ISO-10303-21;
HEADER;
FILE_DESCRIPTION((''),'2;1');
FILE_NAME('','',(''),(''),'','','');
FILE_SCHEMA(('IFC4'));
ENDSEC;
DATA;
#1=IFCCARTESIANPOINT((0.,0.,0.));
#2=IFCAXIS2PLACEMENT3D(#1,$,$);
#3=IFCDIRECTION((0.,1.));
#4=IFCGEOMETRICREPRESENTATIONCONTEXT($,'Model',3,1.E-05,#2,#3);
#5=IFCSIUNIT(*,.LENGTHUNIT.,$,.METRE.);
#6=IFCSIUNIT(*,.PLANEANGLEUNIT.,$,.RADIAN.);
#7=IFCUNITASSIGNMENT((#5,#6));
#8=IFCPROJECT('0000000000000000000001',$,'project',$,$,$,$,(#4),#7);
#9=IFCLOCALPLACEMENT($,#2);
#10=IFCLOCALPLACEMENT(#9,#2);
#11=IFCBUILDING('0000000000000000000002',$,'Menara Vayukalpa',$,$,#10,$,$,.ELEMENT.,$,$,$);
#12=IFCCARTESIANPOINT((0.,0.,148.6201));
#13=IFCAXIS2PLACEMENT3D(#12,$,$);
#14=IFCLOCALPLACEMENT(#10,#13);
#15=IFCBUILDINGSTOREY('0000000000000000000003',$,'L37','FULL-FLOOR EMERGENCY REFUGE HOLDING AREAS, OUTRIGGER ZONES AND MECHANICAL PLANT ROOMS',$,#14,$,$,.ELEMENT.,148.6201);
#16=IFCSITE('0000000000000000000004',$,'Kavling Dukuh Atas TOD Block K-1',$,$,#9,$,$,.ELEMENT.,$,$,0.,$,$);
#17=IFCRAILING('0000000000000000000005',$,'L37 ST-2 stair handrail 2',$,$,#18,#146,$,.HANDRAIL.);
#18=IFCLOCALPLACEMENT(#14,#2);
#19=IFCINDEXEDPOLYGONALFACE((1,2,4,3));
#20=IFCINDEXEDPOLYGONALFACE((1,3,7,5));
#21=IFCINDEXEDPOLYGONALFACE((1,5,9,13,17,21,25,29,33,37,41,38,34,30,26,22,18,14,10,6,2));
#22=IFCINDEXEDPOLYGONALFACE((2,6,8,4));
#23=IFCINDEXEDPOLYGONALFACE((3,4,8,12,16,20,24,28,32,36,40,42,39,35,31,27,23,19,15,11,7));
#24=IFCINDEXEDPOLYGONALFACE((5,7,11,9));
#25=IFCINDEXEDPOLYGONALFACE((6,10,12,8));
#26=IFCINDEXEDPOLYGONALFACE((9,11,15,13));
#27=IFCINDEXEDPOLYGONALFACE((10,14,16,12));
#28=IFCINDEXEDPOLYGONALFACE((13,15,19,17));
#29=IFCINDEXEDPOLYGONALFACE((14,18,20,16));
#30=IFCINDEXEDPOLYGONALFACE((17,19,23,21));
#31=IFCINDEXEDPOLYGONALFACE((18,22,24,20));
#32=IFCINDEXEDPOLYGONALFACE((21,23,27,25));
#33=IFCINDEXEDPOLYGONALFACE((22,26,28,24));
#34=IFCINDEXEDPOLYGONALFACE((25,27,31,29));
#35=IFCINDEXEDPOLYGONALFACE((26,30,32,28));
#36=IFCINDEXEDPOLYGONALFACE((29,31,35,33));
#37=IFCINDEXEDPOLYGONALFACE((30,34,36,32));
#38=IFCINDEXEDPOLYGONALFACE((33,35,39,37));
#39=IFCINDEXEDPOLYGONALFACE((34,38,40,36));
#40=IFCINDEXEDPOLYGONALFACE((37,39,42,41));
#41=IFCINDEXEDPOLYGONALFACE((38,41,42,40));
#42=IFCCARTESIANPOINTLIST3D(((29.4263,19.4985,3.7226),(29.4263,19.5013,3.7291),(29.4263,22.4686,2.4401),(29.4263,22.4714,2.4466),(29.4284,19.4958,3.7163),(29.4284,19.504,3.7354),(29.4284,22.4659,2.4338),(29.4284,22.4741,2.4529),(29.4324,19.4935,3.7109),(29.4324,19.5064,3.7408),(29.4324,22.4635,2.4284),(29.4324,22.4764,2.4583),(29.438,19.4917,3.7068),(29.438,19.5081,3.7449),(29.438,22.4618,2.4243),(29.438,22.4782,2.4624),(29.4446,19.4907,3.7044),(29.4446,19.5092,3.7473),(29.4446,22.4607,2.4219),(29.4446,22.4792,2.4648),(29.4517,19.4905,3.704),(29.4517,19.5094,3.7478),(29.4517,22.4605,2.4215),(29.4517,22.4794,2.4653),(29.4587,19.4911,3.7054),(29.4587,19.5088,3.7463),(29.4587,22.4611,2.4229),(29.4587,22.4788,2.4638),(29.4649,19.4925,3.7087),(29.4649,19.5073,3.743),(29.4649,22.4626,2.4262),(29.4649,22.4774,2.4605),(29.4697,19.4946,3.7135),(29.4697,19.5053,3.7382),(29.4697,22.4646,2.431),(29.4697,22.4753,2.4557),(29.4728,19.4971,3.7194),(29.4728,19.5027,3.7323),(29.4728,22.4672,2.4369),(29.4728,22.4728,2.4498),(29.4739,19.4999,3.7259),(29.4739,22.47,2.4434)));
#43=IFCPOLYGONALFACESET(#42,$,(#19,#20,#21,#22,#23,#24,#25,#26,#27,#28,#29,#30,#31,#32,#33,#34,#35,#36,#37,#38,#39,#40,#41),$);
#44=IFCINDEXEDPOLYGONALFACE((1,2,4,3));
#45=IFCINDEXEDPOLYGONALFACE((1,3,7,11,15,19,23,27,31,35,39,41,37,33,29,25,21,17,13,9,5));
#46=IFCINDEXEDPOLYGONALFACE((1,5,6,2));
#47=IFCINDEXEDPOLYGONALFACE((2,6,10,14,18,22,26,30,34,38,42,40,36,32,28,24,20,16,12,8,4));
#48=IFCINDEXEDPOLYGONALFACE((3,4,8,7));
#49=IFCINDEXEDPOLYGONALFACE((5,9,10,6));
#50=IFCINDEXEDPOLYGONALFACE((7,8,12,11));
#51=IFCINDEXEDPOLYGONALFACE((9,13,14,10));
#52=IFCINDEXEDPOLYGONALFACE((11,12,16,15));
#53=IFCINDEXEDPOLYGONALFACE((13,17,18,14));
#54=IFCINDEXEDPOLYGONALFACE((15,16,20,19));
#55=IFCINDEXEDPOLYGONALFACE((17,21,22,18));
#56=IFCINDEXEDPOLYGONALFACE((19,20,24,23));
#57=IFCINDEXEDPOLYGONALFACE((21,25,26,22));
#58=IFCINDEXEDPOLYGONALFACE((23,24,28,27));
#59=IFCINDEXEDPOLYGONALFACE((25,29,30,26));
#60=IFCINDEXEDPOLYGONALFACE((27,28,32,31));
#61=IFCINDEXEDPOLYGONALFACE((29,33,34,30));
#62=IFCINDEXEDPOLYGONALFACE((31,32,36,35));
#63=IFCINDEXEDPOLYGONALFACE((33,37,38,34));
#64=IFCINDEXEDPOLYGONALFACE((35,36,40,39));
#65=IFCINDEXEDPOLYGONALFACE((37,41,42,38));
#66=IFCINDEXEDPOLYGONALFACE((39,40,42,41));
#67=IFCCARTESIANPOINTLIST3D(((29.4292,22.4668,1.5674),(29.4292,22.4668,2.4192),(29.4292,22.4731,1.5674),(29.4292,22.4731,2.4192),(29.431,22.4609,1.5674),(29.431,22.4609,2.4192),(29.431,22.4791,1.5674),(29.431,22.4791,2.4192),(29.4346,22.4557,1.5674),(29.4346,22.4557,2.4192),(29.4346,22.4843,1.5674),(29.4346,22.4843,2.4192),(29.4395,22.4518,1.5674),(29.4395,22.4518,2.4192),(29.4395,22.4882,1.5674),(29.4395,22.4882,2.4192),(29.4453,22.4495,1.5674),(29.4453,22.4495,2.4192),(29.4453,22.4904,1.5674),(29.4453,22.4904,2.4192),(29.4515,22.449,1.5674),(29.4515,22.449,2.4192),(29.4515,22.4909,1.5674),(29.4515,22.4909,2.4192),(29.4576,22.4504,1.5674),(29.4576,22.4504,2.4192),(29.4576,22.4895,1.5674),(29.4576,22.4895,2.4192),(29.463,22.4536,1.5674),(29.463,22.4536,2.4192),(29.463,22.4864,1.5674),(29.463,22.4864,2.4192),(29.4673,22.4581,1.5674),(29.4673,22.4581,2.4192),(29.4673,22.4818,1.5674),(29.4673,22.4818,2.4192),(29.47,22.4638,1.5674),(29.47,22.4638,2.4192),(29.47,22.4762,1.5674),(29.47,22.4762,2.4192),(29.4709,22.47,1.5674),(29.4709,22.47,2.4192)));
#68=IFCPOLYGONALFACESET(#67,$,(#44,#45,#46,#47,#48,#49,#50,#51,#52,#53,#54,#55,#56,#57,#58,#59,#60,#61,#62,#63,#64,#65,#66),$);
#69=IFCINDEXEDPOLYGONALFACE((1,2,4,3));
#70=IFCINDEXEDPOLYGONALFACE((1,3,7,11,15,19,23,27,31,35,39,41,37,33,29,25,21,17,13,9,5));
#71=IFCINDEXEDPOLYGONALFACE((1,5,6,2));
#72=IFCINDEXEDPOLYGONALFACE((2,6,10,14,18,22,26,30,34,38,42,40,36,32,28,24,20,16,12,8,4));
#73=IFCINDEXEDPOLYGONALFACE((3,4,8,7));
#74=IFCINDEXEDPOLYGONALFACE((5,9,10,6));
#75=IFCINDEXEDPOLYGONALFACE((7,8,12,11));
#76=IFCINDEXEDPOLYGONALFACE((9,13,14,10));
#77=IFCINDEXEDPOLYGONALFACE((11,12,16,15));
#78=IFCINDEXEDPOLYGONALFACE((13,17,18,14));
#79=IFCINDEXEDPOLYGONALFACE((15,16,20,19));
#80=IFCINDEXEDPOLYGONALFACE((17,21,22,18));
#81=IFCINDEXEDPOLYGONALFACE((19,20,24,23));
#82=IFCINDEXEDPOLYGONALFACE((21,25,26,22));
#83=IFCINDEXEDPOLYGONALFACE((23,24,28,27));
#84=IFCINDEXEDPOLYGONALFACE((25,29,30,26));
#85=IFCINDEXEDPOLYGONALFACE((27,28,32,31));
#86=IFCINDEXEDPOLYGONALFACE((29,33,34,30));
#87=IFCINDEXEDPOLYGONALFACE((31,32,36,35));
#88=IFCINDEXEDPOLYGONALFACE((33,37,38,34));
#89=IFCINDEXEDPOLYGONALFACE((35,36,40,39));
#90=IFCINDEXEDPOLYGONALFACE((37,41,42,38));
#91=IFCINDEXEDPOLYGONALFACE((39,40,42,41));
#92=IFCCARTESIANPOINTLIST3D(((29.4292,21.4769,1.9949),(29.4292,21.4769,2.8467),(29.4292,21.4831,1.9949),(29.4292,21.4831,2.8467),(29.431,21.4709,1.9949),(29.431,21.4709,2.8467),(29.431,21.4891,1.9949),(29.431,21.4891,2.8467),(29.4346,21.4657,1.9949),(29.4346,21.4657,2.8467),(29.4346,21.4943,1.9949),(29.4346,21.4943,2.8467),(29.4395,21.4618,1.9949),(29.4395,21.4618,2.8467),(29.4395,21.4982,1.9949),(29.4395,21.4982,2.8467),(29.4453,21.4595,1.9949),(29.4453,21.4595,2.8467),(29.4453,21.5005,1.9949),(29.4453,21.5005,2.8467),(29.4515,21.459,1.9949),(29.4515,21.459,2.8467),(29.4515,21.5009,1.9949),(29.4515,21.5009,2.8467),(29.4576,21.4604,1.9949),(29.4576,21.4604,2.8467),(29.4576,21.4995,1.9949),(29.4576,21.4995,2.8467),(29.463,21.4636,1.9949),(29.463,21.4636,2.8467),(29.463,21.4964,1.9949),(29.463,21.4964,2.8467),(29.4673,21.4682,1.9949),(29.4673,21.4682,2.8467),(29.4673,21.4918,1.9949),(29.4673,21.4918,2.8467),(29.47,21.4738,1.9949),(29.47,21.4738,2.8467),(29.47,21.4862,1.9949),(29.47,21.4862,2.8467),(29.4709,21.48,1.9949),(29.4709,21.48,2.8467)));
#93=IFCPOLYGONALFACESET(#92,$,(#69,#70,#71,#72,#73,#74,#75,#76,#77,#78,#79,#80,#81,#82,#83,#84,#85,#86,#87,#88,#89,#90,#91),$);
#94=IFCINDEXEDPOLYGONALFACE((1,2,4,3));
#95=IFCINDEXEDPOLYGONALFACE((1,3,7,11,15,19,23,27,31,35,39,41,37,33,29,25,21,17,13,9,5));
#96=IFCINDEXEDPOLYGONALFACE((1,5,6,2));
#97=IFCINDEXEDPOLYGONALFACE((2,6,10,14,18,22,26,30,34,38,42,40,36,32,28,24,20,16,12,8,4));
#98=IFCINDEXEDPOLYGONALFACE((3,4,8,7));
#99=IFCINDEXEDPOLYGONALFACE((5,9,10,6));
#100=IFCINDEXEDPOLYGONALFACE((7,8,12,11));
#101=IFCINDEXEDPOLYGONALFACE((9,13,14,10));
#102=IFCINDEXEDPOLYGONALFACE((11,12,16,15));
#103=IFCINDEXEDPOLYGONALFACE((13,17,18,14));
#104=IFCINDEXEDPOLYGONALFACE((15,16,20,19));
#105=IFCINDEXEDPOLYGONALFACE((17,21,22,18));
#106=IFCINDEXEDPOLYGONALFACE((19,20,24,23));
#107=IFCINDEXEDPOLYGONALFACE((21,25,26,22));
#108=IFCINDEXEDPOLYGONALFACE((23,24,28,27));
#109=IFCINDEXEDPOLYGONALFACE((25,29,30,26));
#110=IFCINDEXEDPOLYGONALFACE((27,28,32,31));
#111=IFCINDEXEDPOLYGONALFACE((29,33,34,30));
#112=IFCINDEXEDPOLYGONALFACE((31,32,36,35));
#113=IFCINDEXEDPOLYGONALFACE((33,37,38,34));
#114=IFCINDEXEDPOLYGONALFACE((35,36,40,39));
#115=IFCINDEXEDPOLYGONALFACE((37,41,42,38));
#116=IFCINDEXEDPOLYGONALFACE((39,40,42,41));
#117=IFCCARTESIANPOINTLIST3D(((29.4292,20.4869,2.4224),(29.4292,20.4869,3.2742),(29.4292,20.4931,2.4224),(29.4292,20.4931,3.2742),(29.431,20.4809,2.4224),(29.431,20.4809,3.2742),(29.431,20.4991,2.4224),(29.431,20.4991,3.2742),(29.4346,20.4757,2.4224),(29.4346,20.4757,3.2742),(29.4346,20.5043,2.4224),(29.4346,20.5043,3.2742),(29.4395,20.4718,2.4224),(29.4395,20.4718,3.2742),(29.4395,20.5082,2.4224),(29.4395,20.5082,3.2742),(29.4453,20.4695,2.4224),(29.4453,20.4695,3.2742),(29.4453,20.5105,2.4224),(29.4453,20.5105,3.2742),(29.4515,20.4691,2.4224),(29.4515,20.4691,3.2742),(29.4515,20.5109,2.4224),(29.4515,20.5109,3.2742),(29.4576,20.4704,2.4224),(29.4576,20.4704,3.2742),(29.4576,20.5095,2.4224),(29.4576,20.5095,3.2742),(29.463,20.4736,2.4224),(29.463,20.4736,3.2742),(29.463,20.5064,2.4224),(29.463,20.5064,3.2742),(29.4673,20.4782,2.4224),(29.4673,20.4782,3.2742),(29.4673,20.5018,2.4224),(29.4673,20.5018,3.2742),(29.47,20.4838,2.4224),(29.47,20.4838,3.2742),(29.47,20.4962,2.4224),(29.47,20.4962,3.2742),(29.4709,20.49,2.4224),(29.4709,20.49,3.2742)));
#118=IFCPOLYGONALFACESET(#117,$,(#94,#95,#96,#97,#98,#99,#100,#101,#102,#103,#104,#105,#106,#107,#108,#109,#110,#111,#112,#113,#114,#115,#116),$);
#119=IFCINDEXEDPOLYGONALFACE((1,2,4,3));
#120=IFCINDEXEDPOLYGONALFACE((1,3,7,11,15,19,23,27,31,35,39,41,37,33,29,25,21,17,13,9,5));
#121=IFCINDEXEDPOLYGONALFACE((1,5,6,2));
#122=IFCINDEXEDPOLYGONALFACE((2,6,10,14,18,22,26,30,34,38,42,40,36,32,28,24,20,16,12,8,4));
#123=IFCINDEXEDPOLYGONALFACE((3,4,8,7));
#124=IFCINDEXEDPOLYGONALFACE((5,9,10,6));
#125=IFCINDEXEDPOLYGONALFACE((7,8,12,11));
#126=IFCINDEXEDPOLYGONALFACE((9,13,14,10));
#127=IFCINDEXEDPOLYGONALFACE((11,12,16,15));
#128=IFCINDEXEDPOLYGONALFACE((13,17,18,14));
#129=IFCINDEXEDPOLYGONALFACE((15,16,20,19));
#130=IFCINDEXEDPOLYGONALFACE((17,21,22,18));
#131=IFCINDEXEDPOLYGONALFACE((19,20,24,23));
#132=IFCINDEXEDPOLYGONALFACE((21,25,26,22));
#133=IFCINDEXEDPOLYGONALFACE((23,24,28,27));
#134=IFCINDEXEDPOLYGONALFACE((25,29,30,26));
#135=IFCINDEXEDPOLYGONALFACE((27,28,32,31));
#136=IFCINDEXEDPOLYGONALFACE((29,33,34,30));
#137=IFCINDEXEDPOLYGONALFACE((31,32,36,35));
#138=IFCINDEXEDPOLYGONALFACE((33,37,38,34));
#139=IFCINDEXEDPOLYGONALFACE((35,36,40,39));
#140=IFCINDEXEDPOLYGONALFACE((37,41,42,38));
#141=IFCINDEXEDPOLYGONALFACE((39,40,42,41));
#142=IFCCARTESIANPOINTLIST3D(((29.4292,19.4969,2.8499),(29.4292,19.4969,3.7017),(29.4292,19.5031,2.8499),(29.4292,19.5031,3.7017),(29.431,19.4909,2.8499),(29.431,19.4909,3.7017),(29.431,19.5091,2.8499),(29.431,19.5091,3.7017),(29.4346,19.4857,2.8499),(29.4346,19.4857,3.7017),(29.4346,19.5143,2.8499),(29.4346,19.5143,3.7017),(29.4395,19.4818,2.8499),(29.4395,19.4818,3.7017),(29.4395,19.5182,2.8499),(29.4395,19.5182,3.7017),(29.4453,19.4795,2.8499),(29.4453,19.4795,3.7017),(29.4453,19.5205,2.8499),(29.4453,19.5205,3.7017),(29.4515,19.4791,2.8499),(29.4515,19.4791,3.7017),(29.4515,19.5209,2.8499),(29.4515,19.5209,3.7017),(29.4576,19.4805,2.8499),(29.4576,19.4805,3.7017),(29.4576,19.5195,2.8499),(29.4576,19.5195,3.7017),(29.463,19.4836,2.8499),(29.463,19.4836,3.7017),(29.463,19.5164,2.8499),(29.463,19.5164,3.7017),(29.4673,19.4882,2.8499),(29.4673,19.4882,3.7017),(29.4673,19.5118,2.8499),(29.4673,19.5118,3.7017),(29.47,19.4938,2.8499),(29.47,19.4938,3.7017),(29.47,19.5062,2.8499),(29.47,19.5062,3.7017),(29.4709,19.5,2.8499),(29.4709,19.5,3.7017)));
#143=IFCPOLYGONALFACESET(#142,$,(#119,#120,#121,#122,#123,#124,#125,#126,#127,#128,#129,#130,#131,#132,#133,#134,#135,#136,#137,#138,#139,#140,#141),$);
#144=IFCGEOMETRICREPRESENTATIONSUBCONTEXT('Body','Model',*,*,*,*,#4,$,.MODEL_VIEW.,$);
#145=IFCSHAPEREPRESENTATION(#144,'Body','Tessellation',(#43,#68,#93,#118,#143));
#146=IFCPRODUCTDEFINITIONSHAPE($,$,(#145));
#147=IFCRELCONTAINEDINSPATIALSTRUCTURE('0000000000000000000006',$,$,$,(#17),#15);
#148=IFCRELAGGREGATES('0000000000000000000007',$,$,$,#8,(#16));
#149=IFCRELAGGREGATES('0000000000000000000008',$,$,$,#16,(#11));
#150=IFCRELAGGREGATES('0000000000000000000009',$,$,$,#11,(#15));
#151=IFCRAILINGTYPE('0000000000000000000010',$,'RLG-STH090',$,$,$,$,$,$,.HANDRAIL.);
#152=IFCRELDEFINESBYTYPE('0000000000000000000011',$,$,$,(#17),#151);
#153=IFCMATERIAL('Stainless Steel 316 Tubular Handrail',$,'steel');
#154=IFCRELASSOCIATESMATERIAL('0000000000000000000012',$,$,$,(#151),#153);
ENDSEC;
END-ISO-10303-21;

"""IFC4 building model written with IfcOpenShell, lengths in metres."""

from ifc_helpers import new_model, si_unit, direction, frame, origin, origin_2d, place, context, subcontext, project, spatial, circle, extrude, material, type_object, element, save


model = new_model("IFC4")

# Units and contexts
model_context = context("Model", 3, precision=1e-05, world=origin(), true_north=direction((0.0, 1.0)))
body_context = subcontext(model_context, "Body", "Model", "MODEL_VIEW")
ifc_project = project(units=[si_unit("LENGTHUNIT", "METRE"), si_unit("PLANEANGLEUNIT", "RADIAN")], contexts=[model_context])

# Site, building, storey
site_placement = place(None, origin())
site = spatial("IfcSite", under=ifc_project, at=site_placement, Name="Kavling Dukuh Atas TOD Block K-1", CompositionType="ELEMENT", RefElevation=0.0)
building_placement = place(site_placement, origin())
building = spatial("IfcBuilding", under=site, at=building_placement, Name="Menara Vayukalpa", CompositionType="ELEMENT")
storey_placement = place(building_placement, frame((0.0, 0.0, 148.6201)))
storey = spatial("IfcBuildingStorey", under=building, at=storey_placement, Name="L37", Description="FULL-FLOOR EMERGENCY REFUGE HOLDING AREAS, OUTRIGGER ZONES AND MECHANICAL PLANT ROOMS", CompositionType="ELEMENT", Elevation=148.6201)

# Railing
ifc_material_1 = material(Name="Stainless Steel 316 Tubular Handrail", Category="steel")
railing_type_1 = type_object("IfcRailingType", Name="RLG-STH090", PredefinedType="HANDRAIL", material=ifc_material_1)
railing_1_placement = place(storey_placement, frame((29.45, 22.47, 1.5674)))
element("IfcRailing", 1, at=railing_1_placement, inside=storey, type_object=railing_type_1, Name="L37 ST-2 stair handrail 2", PredefinedType="HANDRAIL", context=body_context, shape_type="SweptSolid", body=[
    extrude(circle(Radius=0.0239, at=origin_2d()), frame((0.0, 0.0, 0.876), z_axis=(0.0, -0.918064, 0.396432), x_axis=(1.0, 0.0, 0.0)), (0.0, 0.0, 1.0), 3.2351),
    extrude(circle(Radius=0.021, at=origin_2d()), origin(), (0.0, 0.0, 1.0), 0.8518),
    extrude(circle(Radius=0.021, at=origin_2d()), frame((0.0, -0.99, 0.4275)), (0.0, 0.0, 1.0), 0.8518),
    extrude(circle(Radius=0.021, at=origin_2d()), frame((0.0, -1.98, 0.855)), (0.0, 0.0, 1.0), 0.8518),
    extrude(circle(Radius=0.021, at=origin_2d()), frame((0.0, -2.97, 1.2825)), (0.0, 0.0, 1.0), 0.8518),
])

save(model, "model.ifc")
